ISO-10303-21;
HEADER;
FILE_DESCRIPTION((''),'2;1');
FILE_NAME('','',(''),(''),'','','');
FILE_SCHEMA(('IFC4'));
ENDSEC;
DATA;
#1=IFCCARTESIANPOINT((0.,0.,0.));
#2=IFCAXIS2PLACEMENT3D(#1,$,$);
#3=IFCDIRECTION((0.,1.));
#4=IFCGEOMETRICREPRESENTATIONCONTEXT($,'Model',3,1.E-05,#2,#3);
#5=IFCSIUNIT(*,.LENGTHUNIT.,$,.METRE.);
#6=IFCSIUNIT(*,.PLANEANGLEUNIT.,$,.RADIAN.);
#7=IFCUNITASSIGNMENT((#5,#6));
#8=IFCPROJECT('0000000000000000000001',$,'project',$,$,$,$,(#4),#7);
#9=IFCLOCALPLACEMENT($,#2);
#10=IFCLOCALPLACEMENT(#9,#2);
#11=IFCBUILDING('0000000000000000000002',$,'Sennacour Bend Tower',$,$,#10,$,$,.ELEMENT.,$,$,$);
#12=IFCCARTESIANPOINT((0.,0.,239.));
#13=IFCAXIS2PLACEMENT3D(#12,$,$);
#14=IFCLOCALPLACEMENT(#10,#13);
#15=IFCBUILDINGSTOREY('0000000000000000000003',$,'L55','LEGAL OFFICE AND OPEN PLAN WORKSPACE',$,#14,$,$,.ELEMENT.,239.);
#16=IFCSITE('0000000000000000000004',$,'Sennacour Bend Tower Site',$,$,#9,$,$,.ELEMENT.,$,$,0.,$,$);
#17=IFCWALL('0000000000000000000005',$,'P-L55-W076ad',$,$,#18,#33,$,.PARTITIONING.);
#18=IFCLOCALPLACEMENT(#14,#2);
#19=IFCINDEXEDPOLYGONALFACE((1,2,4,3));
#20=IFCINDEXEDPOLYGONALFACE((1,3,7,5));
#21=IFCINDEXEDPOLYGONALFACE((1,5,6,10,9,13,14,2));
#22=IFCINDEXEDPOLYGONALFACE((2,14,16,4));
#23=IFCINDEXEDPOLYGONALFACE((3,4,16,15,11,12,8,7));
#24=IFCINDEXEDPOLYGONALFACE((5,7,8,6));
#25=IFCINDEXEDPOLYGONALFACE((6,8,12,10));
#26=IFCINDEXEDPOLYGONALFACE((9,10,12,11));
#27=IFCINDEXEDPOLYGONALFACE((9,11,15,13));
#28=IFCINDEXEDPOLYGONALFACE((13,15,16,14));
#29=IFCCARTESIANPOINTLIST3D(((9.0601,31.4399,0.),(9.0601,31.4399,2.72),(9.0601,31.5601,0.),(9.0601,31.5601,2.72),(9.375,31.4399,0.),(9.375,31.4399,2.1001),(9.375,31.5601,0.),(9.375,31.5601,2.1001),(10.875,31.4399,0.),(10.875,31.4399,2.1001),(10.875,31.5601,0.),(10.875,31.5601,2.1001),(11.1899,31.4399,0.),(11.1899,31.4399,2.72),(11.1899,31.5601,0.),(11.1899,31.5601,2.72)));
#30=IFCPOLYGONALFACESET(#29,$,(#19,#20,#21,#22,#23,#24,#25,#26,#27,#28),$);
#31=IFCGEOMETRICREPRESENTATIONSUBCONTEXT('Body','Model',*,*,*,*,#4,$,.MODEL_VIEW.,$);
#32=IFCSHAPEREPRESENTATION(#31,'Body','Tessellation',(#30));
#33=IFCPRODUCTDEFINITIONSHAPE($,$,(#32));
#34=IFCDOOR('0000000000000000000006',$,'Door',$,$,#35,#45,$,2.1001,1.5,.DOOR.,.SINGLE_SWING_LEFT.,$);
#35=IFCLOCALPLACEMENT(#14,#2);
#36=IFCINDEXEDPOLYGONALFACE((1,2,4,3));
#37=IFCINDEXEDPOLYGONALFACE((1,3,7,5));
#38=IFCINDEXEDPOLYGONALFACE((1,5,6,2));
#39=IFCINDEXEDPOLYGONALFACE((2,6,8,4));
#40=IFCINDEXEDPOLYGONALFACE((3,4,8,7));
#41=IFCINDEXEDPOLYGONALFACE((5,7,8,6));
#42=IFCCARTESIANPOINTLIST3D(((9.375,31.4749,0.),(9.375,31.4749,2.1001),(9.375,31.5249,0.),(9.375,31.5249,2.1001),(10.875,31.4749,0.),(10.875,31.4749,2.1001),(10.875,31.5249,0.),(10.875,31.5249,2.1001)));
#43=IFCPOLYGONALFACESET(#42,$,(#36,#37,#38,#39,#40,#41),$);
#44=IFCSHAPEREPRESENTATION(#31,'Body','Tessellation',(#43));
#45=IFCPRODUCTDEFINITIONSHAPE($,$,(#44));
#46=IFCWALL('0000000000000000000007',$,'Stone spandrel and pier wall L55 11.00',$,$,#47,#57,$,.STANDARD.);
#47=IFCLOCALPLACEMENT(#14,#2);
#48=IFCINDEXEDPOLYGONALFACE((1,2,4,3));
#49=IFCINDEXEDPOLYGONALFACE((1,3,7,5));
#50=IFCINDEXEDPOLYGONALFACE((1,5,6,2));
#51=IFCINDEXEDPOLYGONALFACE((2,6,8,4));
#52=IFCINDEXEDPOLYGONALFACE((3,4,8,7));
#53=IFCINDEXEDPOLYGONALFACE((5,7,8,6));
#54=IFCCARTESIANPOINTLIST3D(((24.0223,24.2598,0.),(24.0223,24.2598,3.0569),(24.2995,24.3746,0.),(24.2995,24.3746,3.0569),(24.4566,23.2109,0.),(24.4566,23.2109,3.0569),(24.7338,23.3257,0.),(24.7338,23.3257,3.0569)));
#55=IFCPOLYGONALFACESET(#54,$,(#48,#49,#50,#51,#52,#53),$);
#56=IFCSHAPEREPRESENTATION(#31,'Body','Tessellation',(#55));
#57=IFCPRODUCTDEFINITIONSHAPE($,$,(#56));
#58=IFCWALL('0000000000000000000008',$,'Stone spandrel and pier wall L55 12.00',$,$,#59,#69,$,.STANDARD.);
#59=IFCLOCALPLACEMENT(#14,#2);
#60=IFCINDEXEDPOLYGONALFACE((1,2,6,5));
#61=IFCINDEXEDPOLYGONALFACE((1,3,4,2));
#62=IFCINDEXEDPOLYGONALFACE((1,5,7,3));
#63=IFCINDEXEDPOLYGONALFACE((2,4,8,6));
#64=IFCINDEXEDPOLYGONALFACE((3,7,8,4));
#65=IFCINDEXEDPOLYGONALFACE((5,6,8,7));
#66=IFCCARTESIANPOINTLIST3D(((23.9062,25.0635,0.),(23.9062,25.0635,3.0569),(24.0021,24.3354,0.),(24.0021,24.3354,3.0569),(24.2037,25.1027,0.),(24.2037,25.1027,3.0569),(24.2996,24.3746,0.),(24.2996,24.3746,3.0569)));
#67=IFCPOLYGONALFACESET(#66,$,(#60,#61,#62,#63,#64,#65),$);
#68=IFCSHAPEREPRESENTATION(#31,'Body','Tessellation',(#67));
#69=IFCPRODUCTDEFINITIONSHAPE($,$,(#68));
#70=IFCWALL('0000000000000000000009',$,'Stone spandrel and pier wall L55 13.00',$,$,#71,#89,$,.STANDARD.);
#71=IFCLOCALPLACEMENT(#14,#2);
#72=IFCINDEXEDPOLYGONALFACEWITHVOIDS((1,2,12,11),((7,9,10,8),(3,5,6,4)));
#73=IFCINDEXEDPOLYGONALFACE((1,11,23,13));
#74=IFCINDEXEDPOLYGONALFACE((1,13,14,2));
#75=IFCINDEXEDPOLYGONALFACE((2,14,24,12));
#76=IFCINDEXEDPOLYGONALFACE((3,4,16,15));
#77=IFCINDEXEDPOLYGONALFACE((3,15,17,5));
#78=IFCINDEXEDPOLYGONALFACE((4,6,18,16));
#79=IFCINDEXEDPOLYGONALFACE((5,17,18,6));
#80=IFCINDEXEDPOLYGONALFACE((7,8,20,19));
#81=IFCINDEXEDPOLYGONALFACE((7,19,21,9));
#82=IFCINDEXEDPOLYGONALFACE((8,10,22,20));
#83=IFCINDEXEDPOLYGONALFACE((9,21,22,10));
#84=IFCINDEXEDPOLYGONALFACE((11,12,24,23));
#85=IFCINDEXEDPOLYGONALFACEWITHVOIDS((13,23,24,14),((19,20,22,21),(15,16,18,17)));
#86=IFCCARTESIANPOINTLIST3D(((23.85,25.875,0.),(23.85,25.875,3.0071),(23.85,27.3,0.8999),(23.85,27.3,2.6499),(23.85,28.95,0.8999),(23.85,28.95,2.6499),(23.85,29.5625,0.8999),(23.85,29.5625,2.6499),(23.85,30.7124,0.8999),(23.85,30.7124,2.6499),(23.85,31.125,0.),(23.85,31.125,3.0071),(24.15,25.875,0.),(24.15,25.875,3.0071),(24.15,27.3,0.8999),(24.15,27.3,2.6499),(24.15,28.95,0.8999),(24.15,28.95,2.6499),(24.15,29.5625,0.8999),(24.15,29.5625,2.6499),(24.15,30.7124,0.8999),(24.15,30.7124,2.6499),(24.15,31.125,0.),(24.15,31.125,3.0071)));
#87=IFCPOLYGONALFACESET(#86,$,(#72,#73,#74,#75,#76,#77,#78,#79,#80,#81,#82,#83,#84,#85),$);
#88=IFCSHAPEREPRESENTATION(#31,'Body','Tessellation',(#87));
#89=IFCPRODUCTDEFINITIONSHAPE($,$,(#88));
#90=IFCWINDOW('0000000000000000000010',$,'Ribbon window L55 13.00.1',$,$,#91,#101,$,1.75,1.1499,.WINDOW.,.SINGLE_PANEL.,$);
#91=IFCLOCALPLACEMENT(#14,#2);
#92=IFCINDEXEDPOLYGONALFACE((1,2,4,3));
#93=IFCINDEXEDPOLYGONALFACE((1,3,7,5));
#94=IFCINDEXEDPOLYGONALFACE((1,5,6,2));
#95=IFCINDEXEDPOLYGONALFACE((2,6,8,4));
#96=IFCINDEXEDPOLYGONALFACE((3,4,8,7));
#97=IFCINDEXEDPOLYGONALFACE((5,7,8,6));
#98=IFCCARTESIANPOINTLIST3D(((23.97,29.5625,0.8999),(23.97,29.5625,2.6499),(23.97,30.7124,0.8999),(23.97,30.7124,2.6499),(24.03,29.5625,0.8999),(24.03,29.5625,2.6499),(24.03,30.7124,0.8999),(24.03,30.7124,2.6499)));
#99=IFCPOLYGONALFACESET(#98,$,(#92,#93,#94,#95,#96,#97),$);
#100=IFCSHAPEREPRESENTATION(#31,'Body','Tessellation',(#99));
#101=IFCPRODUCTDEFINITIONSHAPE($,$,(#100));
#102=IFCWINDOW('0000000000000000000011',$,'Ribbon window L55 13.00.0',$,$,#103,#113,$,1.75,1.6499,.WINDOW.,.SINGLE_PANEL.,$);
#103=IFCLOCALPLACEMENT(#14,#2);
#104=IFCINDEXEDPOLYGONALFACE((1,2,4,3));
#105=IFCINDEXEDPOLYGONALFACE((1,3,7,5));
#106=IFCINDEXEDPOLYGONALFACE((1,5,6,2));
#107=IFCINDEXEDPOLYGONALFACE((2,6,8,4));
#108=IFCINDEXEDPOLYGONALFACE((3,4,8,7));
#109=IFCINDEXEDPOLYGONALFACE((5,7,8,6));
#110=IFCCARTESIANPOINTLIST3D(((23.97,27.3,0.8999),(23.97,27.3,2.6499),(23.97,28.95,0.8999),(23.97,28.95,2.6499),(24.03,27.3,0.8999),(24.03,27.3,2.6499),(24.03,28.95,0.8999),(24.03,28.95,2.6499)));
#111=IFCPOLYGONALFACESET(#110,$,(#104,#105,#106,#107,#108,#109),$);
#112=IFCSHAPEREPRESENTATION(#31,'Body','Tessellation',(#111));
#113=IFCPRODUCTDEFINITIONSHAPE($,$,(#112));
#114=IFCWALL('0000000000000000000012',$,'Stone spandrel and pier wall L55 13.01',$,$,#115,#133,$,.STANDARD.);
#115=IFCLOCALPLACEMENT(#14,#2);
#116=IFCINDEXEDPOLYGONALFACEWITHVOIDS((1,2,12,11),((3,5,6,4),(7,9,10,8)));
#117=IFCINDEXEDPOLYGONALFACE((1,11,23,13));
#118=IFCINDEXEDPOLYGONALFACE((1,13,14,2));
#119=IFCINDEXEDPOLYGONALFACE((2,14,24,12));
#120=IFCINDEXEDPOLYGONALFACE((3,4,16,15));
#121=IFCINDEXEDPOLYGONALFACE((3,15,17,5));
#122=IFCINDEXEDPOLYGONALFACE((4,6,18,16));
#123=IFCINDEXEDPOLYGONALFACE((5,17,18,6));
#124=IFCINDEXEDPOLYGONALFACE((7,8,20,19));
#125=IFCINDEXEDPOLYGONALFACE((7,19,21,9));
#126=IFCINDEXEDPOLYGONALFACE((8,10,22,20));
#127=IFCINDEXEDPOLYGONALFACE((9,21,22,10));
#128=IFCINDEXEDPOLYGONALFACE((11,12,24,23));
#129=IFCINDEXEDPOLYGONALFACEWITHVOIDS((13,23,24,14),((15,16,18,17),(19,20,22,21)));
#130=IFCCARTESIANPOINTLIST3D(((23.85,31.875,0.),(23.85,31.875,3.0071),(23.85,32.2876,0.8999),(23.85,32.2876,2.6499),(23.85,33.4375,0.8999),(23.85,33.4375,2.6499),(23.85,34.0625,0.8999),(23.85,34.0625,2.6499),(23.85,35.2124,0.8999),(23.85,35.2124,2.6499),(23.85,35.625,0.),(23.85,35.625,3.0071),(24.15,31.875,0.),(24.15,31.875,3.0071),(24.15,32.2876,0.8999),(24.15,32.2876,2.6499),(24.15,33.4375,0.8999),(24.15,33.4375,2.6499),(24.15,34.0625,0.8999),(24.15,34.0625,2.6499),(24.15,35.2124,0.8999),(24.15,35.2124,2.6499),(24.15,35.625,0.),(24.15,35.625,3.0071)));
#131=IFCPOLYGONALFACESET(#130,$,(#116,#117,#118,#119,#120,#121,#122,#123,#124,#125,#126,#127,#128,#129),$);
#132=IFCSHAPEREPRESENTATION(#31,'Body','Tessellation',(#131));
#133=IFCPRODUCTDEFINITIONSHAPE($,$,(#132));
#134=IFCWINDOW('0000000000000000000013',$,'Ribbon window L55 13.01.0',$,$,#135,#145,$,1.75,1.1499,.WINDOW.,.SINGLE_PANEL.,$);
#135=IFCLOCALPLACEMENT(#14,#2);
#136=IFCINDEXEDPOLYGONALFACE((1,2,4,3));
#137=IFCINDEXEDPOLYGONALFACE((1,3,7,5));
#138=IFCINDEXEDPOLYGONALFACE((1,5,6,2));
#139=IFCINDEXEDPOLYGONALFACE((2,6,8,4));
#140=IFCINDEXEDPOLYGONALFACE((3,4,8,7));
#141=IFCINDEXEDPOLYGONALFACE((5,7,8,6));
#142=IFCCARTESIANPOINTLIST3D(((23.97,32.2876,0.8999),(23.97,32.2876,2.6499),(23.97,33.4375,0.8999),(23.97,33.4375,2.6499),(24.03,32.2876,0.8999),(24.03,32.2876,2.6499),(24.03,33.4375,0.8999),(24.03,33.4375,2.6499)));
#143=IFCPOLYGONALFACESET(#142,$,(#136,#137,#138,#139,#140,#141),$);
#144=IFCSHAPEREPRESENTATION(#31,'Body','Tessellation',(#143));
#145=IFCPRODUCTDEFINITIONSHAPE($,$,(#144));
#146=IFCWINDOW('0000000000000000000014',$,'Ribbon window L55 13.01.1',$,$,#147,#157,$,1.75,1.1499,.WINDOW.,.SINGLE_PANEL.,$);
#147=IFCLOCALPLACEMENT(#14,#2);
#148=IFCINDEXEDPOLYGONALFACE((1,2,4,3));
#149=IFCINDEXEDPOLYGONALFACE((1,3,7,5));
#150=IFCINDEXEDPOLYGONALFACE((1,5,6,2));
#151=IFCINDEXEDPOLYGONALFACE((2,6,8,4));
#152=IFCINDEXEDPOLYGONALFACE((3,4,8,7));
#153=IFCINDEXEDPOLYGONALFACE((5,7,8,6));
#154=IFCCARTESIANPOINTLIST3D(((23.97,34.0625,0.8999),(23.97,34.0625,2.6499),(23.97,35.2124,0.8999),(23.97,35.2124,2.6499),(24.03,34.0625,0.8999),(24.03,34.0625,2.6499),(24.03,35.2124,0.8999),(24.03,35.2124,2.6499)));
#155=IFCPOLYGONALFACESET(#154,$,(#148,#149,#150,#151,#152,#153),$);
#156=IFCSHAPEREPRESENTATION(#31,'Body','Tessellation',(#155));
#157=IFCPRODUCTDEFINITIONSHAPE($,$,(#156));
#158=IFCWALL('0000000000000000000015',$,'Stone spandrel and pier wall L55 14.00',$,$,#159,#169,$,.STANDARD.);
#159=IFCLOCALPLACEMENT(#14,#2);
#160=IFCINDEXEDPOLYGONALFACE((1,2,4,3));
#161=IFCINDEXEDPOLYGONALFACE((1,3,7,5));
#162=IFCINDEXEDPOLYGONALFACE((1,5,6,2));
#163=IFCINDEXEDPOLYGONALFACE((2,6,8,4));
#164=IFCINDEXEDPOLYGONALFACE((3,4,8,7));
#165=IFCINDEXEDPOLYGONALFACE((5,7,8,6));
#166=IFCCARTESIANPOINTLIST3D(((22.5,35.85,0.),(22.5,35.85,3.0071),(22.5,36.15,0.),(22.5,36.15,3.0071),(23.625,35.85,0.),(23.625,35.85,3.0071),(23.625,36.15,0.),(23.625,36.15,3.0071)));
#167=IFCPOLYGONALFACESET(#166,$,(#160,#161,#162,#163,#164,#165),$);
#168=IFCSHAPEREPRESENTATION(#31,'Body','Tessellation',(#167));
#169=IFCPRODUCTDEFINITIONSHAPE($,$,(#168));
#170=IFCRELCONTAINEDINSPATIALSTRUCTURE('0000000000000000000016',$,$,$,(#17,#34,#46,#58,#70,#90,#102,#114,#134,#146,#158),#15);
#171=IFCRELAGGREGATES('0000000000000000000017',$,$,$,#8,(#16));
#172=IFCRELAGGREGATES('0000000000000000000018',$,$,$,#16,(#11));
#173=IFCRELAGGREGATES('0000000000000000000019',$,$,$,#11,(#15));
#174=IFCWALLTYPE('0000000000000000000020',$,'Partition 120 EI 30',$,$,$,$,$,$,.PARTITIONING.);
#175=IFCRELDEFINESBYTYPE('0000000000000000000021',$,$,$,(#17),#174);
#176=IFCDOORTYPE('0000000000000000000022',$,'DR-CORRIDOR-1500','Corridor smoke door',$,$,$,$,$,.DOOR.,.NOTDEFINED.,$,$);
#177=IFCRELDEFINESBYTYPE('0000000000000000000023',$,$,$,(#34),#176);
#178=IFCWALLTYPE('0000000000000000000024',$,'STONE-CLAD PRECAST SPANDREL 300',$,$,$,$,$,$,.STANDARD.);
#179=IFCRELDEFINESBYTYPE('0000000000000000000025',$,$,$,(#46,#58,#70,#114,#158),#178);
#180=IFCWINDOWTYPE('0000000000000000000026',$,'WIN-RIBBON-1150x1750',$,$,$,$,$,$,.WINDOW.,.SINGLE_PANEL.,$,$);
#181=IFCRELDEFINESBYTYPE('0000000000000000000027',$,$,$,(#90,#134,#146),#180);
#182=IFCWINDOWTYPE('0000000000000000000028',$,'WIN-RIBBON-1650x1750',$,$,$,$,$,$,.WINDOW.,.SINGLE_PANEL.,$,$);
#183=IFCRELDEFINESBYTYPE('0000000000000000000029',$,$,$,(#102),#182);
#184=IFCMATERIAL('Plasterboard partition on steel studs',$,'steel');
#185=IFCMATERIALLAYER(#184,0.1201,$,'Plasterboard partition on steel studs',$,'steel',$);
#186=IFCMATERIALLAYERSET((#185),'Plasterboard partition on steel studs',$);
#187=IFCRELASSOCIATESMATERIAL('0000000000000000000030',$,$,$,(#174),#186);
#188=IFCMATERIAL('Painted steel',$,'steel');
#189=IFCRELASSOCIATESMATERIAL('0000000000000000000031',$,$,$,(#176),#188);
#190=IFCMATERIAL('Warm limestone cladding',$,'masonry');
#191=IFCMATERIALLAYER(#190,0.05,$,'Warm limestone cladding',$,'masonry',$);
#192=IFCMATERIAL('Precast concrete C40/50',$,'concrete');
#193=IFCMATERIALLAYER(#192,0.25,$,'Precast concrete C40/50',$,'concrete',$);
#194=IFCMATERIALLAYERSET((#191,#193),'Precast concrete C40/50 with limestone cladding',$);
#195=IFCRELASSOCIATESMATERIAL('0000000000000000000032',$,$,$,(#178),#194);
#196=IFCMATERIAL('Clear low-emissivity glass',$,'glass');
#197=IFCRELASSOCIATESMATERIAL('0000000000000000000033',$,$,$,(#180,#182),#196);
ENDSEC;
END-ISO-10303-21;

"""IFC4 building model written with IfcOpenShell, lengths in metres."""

from ifc_helpers import new_model, si_unit, direction, frame, frame_2d, origin, place, context, subcontext, project, spatial, rectangle, extrude, material, layer, layer_set, type_object, element, fill, save


model = new_model("IFC4")

# Units and contexts
model_context = context("Model", 3, precision=1e-05, world=origin(), true_north=direction((0.0, 1.0)))
body_context = subcontext(model_context, "Body", "Model", "MODEL_VIEW")
ifc_project = project(units=[si_unit("LENGTHUNIT", "METRE"), si_unit("PLANEANGLEUNIT", "RADIAN")], contexts=[model_context])

# Site, building, storey
site_placement = place(None, origin())
site = spatial("IfcSite", under=ifc_project, at=site_placement, Name="Sennacour Bend Tower Site", CompositionType="ELEMENT", RefElevation=0.0)
building_placement = place(site_placement, origin())
building = spatial("IfcBuilding", under=site, at=building_placement, Name="Sennacour Bend Tower", CompositionType="ELEMENT")
storey_placement = place(building_placement, frame((0.0, 0.0, 239.0)))
storey = spatial("IfcBuildingStorey", under=building, at=storey_placement, Name="L55", Description="LEGAL OFFICE AND OPEN PLAN WORKSPACE", CompositionType="ELEMENT", Elevation=239.0)

# Shared definitions
ifc_material_1 = material(Name="Plasterboard partition on steel studs", Category="steel")

# Wall, opening, door
ifc_layer_1 = layer(ifc_material_1, 0.1201, Name="Plasterboard partition on steel studs", Category="steel")
ifc_layer_set_1 = layer_set([ifc_layer_1], Name="Plasterboard partition on steel studs")
wall_type_1 = type_object("IfcWallType", Name="Partition 120 EI 30", PredefinedType="PARTITIONING", material=ifc_layer_set_1)
wall_1_placement = place(storey_placement, frame((9.0601, 31.5, 0.0), z_axis=(0.0, 0.0, 1.0), x_axis=(1.0, 0.0, 0.0)))
wall_1 = element("IfcWall", 1, at=wall_1_placement, inside=storey, type_object=wall_type_1, Name="P-L55-W076ad", PredefinedType="PARTITIONING", context=body_context, shape_type="SweptSolid", body=[
    extrude(rectangle(XDim=2.1299, YDim=0.1201, at=frame_2d((1.0649, 0.0))), origin(), (0.0, 0.0, 1.0), 2.72),
])
opening_1_placement = place(wall_1_placement, frame((0.3149, 0.0, 0.0)))
opening_1 = element("IfcOpeningElement", 2, at=opening_1_placement, cuts=wall_1, PredefinedType="OPENING", context=body_context, shape_type="SweptSolid", body=[
    extrude(rectangle(XDim=1.5, YDim=2.1001, at=frame_2d((0.75, 1.05))), frame((0.0, 0.0701, 0.0), z_axis=(0.0, -1.0, 0.0), x_axis=(1.0, 0.0, 0.0)), (0.0, 0.0, 1.0), 0.1401),
])
ifc_material_2 = material(Name="Painted steel", Category="steel")
door_type = type_object("IfcDoorType", Name="DR-CORRIDOR-1500", Description="Corridor smoke door", OperationType="NOTDEFINED", PredefinedType="DOOR", material=ifc_material_2)
door_placement = place(opening_1_placement, origin())
door = element("IfcDoor", 3, at=door_placement, inside=storey, type_object=door_type, Name="Door", OperationType="SINGLE_SWING_LEFT", OverallHeight=2.1001, OverallWidth=1.5, PredefinedType="DOOR", context=body_context, shape_type="SweptSolid", body=[
    extrude(rectangle(XDim=1.5, YDim=2.1001, at=frame_2d((0.75, 1.05))), frame((0.0, 0.0249, 0.0), z_axis=(0.0, -1.0, 0.0), x_axis=(1.0, 0.0, 0.0)), (0.0, 0.0, 1.0), 0.05),
])
fill(opening_1, door)

# Walls
ifc_material_3 = material(Name="Warm limestone cladding", Category="masonry")
ifc_layer_2 = layer(ifc_material_3, 0.05, Name="Warm limestone cladding", Category="masonry")
ifc_material_4 = material(Name="Precast concrete C40/50", Category="concrete")
ifc_layer_3 = layer(ifc_material_4, 0.25, Name="Precast concrete C40/50", Category="concrete")
ifc_layer_set_2 = layer_set([ifc_layer_2, ifc_layer_3], Name="Precast concrete C40/50 with limestone cladding")
wall_type_2 = type_object("IfcWallType", Name="STONE-CLAD PRECAST SPANDREL 300", PredefinedType="STANDARD", material=ifc_layer_set_2)
wall_2_placement = place(storey_placement, frame((24.5952, 23.2683, 0.0), z_axis=(0.0, 0.0, 1.0), x_axis=(-0.382599, 0.923915, 0.0)))
element("IfcWall", 4, at=wall_2_placement, inside=storey, type_object=wall_type_2, Name="Stone spandrel and pier wall L55 11.00", PredefinedType="STANDARD", context=body_context, shape_type="SweptSolid", body=[
    extrude(rectangle(XDim=1.1353, YDim=0.3, at=frame_2d((0.5676, 0.0))), origin(), (0.0, 0.0, 1.0), 3.0569),
])
wall_3_placement = place(storey_placement, frame((24.1509, 24.355, 0.0), z_axis=(0.0, 0.0, 1.0), x_axis=(-0.130661, 0.991427, 0.0)))
element("IfcWall", 5, at=wall_3_placement, inside=storey, type_object=wall_type_2, Name="Stone spandrel and pier wall L55 12.00", PredefinedType="STANDARD", context=body_context, shape_type="SweptSolid", body=[
    extrude(rectangle(XDim=0.7344, YDim=0.3, at=frame_2d((0.3672, 0.0))), origin(), (0.0, 0.0, 1.0), 3.0569),
])

# Walls, openings, windows
wall_4_placement = place(storey_placement, frame((24.0, 25.875, 0.0), z_axis=(0.0, 0.0, 1.0), x_axis=(0.0, 1.0, 0.0)))
wall_4 = element("IfcWall", 6, at=wall_4_placement, inside=storey, type_object=wall_type_2, Name="Stone spandrel and pier wall L55 13.00", PredefinedType="STANDARD", context=body_context, shape_type="SweptSolid", body=[
    extrude(rectangle(XDim=5.25, YDim=0.3, at=frame_2d((2.625, 0.0))), origin(), (0.0, 0.0, 1.0), 3.0071),
])
opening_2_placement = place(wall_4_placement, frame((1.425, 0.0, 0.8999)))
opening_2 = element("IfcOpeningElement", 7, at=opening_2_placement, cuts=wall_4, PredefinedType="OPENING", context=body_context, shape_type="SweptSolid", body=[
    extrude(rectangle(XDim=1.6499, YDim=1.75, at=frame_2d((0.825, 0.875))), frame((0.0, 0.1602, 0.0), z_axis=(0.0, -1.0, 0.0), x_axis=(1.0, 0.0, 0.0)), (0.0, 0.0, 1.0), 0.3201),
])
opening_3_placement = place(wall_4_placement, frame((3.6875, 0.0, 0.8999)))
opening_3 = element("IfcOpeningElement", 8, at=opening_3_placement, cuts=wall_4, PredefinedType="OPENING", context=body_context, shape_type="SweptSolid", body=[
    extrude(rectangle(XDim=1.1499, YDim=1.75, at=frame_2d((0.575, 0.875))), frame((0.0, 0.1602, 0.0), z_axis=(0.0, -1.0, 0.0), x_axis=(1.0, 0.0, 0.0)), (0.0, 0.0, 1.0), 0.3201),
])
ifc_material_5 = material(Name="Clear low-emissivity glass", Category="glass")
window_type_1 = type_object("IfcWindowType", Name="WIN-RIBBON-1150x1750", PartitioningType="SINGLE_PANEL", PredefinedType="WINDOW", material=ifc_material_5)
window_1_placement = place(opening_3_placement, origin())
window_1 = element("IfcWindow", 9, at=window_1_placement, inside=storey, type_object=window_type_1, Name="Ribbon window L55 13.00.1", OverallHeight=1.75, OverallWidth=1.1499, PartitioningType="SINGLE_PANEL", PredefinedType="WINDOW", context=body_context, shape_type="SweptSolid", body=[
    extrude(rectangle(XDim=1.1499, YDim=1.75, at=frame_2d((0.575, 0.875))), frame((0.0, 0.03, 0.0), z_axis=(0.0, -1.0, 0.0), x_axis=(1.0, 0.0, 0.0)), (0.0, 0.0, 1.0), 0.0601),
])
fill(opening_3, window_1)
window_type_2 = type_object("IfcWindowType", Name="WIN-RIBBON-1650x1750", PartitioningType="SINGLE_PANEL", PredefinedType="WINDOW", material=ifc_material_5)
window_2_placement = place(opening_2_placement, origin())
window_2 = element("IfcWindow", 10, at=window_2_placement, inside=storey, type_object=window_type_2, Name="Ribbon window L55 13.00.0", OverallHeight=1.75, OverallWidth=1.6499, PartitioningType="SINGLE_PANEL", PredefinedType="WINDOW", context=body_context, shape_type="SweptSolid", body=[
    extrude(rectangle(XDim=1.6499, YDim=1.75, at=frame_2d((0.825, 0.875))), frame((0.0, 0.03, 0.0), z_axis=(0.0, -1.0, 0.0), x_axis=(1.0, 0.0, 0.0)), (0.0, 0.0, 1.0), 0.0601),
])
fill(opening_2, window_2)
wall_5_placement = place(storey_placement, frame((24.0, 31.875, 0.0), z_axis=(0.0, 0.0, 1.0), x_axis=(0.0, 1.0, 0.0)))
wall_5 = element("IfcWall", 11, at=wall_5_placement, inside=storey, type_object=wall_type_2, Name="Stone spandrel and pier wall L55 13.01", PredefinedType="STANDARD", context=body_context, shape_type="SweptSolid", body=[
    extrude(rectangle(XDim=3.75, YDim=0.3, at=frame_2d((1.875, 0.0))), origin(), (0.0, 0.0, 1.0), 3.0071),
])
opening_4_placement = place(wall_5_placement, frame((0.4126, 0.0, 0.8999)))
opening_4 = element("IfcOpeningElement", 12, at=opening_4_placement, cuts=wall_5, PredefinedType="OPENING", context=body_context, shape_type="SweptSolid", body=[
    extrude(rectangle(XDim=1.1499, YDim=1.75, at=frame_2d((0.575, 0.875))), frame((0.0, 0.1602, 0.0), z_axis=(0.0, -1.0, 0.0), x_axis=(1.0, 0.0, 0.0)), (0.0, 0.0, 1.0), 0.3201),
])
opening_5_placement = place(wall_5_placement, frame((2.1875, 0.0, 0.8999)))
opening_5 = element("IfcOpeningElement", 13, at=opening_5_placement, cuts=wall_5, PredefinedType="OPENING", context=body_context, shape_type="SweptSolid", body=[
    extrude(rectangle(XDim=1.1499, YDim=1.75, at=frame_2d((0.575, 0.875))), frame((0.0, 0.1602, 0.0), z_axis=(0.0, -1.0, 0.0), x_axis=(1.0, 0.0, 0.0)), (0.0, 0.0, 1.0), 0.3201),
])
window_3_placement = place(opening_4_placement, origin())
window_3 = element("IfcWindow", 14, at=window_3_placement, inside=storey, type_object=window_type_1, Name="Ribbon window L55 13.01.0", OverallHeight=1.75, OverallWidth=1.1499, PartitioningType="SINGLE_PANEL", PredefinedType="WINDOW", context=body_context, shape_type="SweptSolid", body=[
    extrude(rectangle(XDim=1.1499, YDim=1.75, at=frame_2d((0.575, 0.875))), frame((0.0, 0.03, 0.0), z_axis=(0.0, -1.0, 0.0), x_axis=(1.0, 0.0, 0.0)), (0.0, 0.0, 1.0), 0.0601),
])
fill(opening_4, window_3)
window_4_placement = place(opening_5_placement, origin())
window_4 = element("IfcWindow", 15, at=window_4_placement, inside=storey, type_object=window_type_1, Name="Ribbon window L55 13.01.1", OverallHeight=1.75, OverallWidth=1.1499, PartitioningType="SINGLE_PANEL", PredefinedType="WINDOW", context=body_context, shape_type="SweptSolid", body=[
    extrude(rectangle(XDim=1.1499, YDim=1.75, at=frame_2d((0.575, 0.875))), frame((0.0, 0.03, 0.0), z_axis=(0.0, -1.0, 0.0), x_axis=(1.0, 0.0, 0.0)), (0.0, 0.0, 1.0), 0.0601),
])
fill(opening_5, window_4)

# Wall
wall_6_placement = place(storey_placement, frame((23.625, 36.0, 0.0), z_axis=(0.0, 0.0, 1.0), x_axis=(-1.0, 0.0, 0.0)))
element("IfcWall", 16, at=wall_6_placement, inside=storey, type_object=wall_type_2, Name="Stone spandrel and pier wall L55 14.00", PredefinedType="STANDARD", context=body_context, shape_type="SweptSolid", body=[
    extrude(rectangle(XDim=1.125, YDim=0.3, at=frame_2d((0.5625, 0.0))), origin(), (0.0, 0.0, 1.0), 3.0071),
])

save(model, "model.ifc")
